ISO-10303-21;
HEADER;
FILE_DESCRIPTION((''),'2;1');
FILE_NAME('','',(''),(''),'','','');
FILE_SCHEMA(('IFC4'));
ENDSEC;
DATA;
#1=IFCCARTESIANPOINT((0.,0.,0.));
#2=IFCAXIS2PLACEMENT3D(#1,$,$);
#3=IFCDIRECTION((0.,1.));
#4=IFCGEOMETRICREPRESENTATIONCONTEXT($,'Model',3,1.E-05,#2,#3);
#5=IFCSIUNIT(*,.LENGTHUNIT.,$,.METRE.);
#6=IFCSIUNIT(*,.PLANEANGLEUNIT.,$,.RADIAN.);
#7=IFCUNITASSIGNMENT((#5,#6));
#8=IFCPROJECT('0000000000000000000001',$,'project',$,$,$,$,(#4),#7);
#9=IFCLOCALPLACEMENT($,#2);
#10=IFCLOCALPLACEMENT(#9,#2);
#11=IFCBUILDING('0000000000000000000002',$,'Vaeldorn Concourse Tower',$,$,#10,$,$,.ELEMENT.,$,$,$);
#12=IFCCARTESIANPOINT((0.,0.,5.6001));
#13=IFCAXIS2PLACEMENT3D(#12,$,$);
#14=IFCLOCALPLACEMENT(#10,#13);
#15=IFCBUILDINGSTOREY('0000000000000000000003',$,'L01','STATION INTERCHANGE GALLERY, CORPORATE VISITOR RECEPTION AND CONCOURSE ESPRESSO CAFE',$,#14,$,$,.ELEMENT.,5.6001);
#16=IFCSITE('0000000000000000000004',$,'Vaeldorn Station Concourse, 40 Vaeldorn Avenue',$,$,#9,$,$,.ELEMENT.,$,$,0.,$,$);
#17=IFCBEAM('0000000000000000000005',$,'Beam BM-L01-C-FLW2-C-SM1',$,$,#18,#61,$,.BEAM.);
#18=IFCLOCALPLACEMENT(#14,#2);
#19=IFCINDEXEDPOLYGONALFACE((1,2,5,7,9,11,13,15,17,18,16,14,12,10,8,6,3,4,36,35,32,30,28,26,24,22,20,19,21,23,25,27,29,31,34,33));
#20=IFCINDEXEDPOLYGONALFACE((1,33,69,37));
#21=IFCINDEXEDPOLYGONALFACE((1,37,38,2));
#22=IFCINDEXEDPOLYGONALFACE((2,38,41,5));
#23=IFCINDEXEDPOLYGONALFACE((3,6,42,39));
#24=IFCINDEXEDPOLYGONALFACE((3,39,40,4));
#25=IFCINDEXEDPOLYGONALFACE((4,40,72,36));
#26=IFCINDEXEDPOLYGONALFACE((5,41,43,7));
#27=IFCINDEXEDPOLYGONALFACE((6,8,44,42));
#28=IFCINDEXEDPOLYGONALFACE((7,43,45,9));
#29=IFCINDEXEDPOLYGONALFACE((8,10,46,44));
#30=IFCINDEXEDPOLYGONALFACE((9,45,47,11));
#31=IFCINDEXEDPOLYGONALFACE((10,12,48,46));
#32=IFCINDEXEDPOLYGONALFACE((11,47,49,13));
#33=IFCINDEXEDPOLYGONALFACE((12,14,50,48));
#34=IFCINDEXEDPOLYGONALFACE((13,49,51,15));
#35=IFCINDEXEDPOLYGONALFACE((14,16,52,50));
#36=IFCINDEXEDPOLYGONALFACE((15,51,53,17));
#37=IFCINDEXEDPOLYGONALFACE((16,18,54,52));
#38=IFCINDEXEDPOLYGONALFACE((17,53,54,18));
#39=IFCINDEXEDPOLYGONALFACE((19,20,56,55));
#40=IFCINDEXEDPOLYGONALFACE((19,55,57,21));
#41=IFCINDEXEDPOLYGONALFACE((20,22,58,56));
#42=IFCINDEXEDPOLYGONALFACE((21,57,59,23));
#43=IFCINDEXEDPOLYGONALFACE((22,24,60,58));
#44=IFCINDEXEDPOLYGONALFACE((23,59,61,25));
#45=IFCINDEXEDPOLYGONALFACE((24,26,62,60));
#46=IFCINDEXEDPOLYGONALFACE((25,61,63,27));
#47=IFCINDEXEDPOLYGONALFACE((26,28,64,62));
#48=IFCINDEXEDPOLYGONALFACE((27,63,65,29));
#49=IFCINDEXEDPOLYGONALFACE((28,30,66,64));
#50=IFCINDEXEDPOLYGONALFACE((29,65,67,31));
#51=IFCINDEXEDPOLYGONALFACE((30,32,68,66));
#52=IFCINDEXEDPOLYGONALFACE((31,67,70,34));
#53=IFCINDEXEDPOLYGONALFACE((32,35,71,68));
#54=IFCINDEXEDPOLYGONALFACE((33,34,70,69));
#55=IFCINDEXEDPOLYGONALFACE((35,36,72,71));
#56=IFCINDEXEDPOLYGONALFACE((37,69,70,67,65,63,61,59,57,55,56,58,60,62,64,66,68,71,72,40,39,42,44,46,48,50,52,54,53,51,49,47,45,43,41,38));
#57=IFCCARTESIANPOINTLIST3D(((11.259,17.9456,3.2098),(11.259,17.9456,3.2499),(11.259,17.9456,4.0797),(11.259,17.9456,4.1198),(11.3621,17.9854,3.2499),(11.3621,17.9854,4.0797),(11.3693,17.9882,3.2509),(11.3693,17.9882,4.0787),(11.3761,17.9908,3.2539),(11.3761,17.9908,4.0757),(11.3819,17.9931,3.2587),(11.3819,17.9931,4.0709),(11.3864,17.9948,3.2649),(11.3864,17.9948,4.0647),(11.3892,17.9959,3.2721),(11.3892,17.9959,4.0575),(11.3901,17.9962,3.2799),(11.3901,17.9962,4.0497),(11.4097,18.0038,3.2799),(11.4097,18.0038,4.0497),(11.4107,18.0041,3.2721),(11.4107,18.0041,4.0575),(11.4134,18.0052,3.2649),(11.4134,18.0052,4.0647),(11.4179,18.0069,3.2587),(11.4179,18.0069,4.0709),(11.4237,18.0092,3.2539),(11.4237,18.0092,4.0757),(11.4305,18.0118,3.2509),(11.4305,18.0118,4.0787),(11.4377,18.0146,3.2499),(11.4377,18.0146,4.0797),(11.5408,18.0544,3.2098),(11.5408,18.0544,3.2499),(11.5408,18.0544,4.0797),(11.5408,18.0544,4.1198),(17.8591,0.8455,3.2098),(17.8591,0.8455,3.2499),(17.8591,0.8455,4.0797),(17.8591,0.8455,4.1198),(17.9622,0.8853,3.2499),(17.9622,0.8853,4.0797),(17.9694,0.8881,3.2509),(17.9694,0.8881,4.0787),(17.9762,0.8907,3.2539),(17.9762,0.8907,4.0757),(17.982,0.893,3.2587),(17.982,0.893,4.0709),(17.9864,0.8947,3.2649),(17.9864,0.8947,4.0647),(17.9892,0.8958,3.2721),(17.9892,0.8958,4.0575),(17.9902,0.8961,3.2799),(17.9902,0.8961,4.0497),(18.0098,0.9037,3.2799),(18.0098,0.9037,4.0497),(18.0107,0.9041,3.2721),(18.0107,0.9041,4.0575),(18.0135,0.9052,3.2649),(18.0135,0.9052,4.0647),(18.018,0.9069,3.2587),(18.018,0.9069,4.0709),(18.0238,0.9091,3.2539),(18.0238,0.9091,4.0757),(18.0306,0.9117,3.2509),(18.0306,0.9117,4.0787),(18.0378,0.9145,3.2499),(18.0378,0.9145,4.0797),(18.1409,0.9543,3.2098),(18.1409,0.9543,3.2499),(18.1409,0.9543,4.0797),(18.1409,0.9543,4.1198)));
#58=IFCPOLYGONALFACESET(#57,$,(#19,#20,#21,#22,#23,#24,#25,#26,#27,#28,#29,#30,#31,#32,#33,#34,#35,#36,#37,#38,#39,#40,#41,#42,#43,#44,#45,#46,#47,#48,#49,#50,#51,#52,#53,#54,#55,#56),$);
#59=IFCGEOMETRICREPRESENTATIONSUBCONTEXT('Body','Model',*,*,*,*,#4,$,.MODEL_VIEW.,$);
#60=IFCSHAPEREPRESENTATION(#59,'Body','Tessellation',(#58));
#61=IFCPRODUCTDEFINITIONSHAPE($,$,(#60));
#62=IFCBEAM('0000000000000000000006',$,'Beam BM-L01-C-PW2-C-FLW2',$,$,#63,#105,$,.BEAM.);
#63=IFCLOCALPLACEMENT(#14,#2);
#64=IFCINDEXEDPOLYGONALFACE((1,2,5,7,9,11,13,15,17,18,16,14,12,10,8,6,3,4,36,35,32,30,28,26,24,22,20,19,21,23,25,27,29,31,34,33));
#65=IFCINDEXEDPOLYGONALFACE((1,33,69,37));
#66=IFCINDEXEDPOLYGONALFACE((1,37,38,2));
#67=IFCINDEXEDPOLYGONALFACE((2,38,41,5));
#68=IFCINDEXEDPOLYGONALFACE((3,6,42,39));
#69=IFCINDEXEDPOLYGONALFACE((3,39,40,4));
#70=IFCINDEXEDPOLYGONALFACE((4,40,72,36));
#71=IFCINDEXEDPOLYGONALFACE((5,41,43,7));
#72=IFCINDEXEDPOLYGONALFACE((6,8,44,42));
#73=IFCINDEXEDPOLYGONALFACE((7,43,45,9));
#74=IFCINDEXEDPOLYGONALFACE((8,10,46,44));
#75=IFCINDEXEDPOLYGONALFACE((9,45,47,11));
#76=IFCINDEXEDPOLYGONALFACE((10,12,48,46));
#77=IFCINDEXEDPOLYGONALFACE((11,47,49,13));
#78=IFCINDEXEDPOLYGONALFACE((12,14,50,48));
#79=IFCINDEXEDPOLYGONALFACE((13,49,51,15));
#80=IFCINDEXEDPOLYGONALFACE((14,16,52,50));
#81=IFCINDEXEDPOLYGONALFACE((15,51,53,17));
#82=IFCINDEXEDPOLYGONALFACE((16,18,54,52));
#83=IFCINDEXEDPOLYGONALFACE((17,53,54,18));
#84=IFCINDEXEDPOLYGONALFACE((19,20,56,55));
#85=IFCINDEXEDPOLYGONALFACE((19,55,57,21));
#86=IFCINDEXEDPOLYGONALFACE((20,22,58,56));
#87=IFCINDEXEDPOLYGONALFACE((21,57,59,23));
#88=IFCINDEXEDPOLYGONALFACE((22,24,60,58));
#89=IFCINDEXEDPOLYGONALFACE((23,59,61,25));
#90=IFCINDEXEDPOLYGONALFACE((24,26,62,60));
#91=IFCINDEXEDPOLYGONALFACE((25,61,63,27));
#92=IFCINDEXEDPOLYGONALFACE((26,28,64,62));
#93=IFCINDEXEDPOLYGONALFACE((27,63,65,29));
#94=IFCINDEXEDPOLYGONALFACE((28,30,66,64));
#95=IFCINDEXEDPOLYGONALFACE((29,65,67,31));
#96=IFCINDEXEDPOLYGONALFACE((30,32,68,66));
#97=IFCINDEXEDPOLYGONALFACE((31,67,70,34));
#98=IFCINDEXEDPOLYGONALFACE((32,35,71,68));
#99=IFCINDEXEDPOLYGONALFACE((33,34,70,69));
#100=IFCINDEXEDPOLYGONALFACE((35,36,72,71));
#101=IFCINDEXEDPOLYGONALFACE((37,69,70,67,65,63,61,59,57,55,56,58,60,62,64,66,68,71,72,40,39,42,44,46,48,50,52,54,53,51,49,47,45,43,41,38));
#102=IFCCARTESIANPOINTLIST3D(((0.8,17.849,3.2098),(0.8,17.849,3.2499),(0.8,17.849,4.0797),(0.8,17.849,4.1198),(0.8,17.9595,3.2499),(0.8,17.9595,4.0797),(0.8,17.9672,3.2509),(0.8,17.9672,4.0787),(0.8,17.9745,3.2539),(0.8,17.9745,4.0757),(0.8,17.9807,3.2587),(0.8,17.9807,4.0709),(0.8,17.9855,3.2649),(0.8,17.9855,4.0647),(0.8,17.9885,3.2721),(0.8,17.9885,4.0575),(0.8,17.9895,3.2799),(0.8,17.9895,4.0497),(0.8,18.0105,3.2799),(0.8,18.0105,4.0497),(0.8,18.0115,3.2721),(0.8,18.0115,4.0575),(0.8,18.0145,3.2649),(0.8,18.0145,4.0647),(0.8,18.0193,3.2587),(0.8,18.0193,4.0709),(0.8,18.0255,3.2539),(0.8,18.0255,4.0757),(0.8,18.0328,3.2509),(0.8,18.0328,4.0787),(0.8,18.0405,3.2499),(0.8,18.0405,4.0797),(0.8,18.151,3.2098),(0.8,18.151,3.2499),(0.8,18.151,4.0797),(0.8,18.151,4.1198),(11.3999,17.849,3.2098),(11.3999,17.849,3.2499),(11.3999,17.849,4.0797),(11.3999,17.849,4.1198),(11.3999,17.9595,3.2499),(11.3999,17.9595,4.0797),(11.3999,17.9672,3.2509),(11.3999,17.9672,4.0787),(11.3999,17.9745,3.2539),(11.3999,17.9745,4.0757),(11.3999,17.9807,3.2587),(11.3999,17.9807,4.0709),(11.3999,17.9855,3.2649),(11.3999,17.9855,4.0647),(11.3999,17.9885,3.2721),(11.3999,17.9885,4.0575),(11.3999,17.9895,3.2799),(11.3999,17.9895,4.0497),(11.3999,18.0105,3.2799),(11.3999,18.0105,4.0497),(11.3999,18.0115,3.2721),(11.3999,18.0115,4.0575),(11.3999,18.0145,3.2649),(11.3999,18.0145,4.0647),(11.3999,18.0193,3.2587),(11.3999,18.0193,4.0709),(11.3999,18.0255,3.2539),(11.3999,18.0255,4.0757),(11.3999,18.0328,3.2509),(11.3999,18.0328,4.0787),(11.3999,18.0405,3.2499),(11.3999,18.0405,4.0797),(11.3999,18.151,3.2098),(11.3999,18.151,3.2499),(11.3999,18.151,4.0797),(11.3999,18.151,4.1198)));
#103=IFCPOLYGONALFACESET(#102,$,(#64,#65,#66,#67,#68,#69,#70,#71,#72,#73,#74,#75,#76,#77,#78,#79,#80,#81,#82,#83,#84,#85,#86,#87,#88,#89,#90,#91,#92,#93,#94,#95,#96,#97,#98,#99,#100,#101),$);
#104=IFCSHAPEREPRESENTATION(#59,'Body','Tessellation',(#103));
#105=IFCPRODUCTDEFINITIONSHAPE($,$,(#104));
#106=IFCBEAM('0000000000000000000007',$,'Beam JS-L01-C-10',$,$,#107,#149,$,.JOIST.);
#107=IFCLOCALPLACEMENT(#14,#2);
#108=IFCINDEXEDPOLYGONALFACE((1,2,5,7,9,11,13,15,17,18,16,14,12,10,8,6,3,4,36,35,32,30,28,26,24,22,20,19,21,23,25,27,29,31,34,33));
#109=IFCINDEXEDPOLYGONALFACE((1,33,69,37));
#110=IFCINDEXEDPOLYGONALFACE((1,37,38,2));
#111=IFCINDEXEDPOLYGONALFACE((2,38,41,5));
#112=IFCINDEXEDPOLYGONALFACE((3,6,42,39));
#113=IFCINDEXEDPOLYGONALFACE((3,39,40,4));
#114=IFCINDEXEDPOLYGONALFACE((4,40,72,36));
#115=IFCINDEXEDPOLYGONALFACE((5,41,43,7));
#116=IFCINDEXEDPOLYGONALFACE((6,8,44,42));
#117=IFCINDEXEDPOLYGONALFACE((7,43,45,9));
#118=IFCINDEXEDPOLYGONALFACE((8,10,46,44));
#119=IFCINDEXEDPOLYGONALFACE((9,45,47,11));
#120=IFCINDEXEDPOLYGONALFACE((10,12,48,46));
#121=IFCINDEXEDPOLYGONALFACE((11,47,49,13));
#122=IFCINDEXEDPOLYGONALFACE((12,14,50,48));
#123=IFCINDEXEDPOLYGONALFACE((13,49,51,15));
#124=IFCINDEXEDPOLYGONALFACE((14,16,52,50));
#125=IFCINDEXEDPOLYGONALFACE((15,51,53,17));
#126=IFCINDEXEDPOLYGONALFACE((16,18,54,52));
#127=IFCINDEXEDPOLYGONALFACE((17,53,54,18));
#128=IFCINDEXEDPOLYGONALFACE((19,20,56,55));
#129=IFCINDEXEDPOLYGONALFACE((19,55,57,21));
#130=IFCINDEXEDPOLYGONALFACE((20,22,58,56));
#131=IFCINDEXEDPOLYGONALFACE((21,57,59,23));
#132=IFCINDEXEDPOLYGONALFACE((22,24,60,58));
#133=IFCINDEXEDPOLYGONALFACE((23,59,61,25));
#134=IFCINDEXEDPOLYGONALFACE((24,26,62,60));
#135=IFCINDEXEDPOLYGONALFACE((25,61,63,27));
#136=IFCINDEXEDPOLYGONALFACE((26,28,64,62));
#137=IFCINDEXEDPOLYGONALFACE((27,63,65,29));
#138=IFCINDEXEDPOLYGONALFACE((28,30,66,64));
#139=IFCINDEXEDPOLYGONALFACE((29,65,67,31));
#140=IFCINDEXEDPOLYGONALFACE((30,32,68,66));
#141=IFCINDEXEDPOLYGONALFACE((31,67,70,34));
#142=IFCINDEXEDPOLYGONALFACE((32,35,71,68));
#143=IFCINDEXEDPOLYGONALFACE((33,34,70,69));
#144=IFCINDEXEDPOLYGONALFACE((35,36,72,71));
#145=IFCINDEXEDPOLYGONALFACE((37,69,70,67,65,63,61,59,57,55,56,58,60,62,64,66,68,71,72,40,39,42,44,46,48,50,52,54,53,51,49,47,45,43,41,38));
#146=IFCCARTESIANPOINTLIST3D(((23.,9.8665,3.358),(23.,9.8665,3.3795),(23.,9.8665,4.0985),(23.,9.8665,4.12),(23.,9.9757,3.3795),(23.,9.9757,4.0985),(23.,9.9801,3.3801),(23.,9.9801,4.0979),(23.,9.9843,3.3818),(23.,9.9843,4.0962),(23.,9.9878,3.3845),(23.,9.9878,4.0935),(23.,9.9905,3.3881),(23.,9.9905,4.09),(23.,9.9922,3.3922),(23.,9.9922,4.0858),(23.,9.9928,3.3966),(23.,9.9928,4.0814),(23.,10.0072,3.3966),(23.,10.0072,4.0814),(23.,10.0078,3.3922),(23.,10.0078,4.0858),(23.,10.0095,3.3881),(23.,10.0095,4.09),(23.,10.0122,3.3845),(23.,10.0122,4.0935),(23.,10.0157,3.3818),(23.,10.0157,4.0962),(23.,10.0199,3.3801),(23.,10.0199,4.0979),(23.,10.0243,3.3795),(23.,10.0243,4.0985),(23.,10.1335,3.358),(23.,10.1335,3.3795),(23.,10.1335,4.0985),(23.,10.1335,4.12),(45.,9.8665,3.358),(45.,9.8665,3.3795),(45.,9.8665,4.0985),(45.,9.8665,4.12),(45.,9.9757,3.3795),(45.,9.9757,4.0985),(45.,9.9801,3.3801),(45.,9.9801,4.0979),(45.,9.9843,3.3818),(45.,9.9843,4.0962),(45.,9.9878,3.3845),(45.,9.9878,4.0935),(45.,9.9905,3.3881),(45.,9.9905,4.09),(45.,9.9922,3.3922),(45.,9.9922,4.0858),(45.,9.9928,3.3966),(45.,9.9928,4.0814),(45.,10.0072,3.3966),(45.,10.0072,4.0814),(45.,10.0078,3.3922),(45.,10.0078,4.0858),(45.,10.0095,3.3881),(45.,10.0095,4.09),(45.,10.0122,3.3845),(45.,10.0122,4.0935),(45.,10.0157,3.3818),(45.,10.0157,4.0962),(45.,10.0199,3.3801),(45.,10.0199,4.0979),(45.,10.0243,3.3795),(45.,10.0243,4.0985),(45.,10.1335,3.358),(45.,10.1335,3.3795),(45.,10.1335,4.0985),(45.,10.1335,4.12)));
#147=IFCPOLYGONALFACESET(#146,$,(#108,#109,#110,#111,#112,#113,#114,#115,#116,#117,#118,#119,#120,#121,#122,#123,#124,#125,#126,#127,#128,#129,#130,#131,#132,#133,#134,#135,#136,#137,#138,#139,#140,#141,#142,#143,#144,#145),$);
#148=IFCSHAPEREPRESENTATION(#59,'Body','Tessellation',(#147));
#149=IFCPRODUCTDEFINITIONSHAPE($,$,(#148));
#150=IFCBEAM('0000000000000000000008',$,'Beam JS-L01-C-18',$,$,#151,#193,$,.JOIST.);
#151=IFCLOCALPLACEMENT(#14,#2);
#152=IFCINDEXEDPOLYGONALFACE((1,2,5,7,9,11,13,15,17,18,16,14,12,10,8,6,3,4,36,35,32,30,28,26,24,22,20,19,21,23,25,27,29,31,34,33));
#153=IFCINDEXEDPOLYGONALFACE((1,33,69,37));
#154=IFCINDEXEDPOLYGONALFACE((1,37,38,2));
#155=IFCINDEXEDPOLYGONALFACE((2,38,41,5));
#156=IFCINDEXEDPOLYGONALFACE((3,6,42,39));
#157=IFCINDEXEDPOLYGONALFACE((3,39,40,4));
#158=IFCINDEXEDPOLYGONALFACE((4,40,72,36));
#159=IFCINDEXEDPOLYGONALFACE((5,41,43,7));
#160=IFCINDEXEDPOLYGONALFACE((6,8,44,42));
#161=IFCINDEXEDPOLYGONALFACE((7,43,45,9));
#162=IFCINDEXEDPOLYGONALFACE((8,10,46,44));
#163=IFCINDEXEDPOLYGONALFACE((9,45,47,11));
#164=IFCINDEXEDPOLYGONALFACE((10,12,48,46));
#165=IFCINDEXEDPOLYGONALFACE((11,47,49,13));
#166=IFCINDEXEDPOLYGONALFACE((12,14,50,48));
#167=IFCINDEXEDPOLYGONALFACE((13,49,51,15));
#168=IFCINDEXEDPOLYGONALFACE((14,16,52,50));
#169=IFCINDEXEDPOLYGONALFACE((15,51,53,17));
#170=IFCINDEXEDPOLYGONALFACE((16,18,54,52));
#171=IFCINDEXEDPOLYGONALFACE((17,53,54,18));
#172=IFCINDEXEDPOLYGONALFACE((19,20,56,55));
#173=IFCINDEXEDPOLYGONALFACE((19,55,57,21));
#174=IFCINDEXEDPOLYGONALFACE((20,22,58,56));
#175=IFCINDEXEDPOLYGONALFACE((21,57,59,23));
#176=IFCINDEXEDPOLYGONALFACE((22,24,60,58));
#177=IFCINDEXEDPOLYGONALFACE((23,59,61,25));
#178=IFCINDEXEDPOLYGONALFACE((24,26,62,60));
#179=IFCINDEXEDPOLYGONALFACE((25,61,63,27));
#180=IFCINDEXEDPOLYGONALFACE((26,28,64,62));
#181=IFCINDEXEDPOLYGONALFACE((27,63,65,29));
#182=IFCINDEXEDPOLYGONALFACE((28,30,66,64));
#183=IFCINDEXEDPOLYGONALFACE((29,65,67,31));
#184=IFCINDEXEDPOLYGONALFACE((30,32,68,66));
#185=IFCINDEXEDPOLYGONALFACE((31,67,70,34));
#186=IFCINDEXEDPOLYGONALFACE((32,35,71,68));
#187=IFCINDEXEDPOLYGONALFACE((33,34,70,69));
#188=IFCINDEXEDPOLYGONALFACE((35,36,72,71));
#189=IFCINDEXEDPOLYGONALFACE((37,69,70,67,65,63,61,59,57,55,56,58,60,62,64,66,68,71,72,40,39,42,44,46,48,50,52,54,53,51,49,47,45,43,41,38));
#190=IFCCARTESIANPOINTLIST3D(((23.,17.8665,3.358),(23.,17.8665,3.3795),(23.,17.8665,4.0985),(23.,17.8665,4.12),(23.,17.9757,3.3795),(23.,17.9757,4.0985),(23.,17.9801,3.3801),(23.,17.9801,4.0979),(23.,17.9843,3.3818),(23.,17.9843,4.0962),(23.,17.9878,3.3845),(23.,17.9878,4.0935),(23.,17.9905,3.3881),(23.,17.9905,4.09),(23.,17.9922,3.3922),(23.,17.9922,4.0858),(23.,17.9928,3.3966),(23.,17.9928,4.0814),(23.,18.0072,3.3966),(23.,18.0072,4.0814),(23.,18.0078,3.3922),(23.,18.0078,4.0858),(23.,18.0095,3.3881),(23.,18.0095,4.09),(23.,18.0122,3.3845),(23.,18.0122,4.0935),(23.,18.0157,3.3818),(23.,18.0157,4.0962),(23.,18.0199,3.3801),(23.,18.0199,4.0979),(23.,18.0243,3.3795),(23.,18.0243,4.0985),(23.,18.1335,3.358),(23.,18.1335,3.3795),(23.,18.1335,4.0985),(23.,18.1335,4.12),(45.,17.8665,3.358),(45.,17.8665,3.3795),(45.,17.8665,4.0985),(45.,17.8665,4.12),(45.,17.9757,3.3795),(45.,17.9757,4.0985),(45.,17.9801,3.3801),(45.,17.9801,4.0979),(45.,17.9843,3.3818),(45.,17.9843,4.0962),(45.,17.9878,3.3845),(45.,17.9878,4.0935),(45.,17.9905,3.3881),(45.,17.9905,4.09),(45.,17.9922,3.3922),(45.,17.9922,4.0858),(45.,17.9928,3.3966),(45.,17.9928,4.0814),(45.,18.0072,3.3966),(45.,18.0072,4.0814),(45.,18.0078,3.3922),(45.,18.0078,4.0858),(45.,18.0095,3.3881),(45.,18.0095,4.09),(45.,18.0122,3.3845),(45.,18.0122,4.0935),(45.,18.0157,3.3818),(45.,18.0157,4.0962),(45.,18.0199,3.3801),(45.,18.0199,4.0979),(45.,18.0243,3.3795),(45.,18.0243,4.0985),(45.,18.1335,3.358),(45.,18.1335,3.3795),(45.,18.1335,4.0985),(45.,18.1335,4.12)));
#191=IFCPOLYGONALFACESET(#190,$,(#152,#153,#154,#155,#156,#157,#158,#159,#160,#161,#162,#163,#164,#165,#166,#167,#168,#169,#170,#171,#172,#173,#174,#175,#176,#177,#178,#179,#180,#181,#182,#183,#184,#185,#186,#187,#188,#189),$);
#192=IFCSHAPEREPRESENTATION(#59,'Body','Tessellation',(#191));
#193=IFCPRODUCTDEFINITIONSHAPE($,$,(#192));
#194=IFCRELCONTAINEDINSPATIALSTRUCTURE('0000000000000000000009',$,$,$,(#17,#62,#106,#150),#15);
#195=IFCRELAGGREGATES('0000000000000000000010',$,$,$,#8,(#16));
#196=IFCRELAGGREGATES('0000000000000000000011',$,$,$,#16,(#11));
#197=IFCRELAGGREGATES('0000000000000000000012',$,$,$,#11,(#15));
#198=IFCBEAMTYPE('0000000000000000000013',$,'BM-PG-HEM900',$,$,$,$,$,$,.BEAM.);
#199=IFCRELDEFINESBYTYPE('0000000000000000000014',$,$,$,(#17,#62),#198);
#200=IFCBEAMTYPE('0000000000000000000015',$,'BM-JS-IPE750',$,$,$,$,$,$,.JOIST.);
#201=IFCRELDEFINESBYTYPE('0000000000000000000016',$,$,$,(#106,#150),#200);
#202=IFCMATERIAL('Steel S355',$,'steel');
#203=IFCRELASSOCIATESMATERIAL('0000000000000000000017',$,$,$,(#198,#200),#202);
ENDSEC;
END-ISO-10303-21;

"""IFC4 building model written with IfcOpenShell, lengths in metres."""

from ifc_helpers import new_model, si_unit, direction, frame, origin, origin_2d, place, context, subcontext, project, spatial, i_section, extrude, source, transform, mapped, material, material_profile, profile_set, type_object, element, save


model = new_model("IFC4")

# Units and contexts
model_context = context("Model", 3, precision=1e-05, world=origin(), true_north=direction((0.0, 1.0)))
body_context = subcontext(model_context, "Body", "Model", "MODEL_VIEW")
ifc_project = project(units=[si_unit("LENGTHUNIT", "METRE"), si_unit("PLANEANGLEUNIT", "RADIAN")], contexts=[model_context])

# Site, building, storey
site_placement = place(None, origin())
site = spatial("IfcSite", under=ifc_project, at=site_placement, Name="Vaeldorn Station Concourse, 40 Vaeldorn Avenue", CompositionType="ELEMENT", RefElevation=0.0)
building_placement = place(site_placement, origin())
building = spatial("IfcBuilding", under=site, at=building_placement, Name="Vaeldorn Concourse Tower", CompositionType="ELEMENT")
storey_placement = place(building_placement, frame((0.0, 0.0, 5.6001)))
storey = spatial("IfcBuildingStorey", under=building, at=storey_placement, Name="L01", Description="STATION INTERCHANGE GALLERY, CORPORATE VISITOR RECEPTION AND CONCOURSE ESPRESSO CAFE", CompositionType="ELEMENT", Elevation=5.6001)

# Beams
ifc_material_1 = material(Name="Steel S355", Category="steel")
ifc_material_profile_1 = material_profile(ifc_material_1, i_section(OverallWidth=0.302, OverallDepth=0.9099, WebThickness=0.021, FlangeThickness=0.04, FilletRadius=0.03, at=origin_2d()), Name="HEM 900")
ifc_profile_set_1 = profile_set([ifc_material_profile_1], Name="Steel S355")
beam_type_1 = type_object("IfcBeamType", Name="BM-PG-HEM900", PredefinedType="BEAM", material=ifc_profile_set_1)
shared_shape_1 = source(origin(), body_context, "Body", "SweptSolid", [
    extrude(i_section(OverallWidth=0.302, OverallDepth=0.9099, WebThickness=0.021, FlangeThickness=0.04, FilletRadius=0.03, at=origin_2d()), origin(), (0.0, 0.0, 1.0), 18.3296),
])
beam_1_placement = place(storey_placement, frame((11.3999, 18.0, 3.6648), z_axis=(0.360078, -0.932922, 0.0), x_axis=(0.932922, 0.360078, 0.0)))
element("IfcBeam", 1, at=beam_1_placement, inside=storey, type_object=beam_type_1, Name="Beam BM-L01-C-FLW2-C-SM1", PredefinedType="BEAM", context=body_context, shape_type="MappedRepresentation", body=[
    mapped(shared_shape_1, transform((0.0, 0.0, 0.0), scale=1.0)),
])
shared_shape_2 = source(origin(), body_context, "Body", "SweptSolid", [
    extrude(i_section(OverallWidth=0.302, OverallDepth=0.9099, WebThickness=0.021, FlangeThickness=0.04, FilletRadius=0.03, at=origin_2d()), origin(), (0.0, 0.0, 1.0), 10.5999),
])
beam_2_placement = place(storey_placement, frame((0.8, 18.0, 3.6648), z_axis=(1.0, 0.0, 0.0), x_axis=(0.0, 1.0, 0.0)))
element("IfcBeam", 2, at=beam_2_placement, inside=storey, type_object=beam_type_1, Name="Beam BM-L01-C-PW2-C-FLW2", PredefinedType="BEAM", context=body_context, shape_type="MappedRepresentation", body=[
    mapped(shared_shape_2, transform((0.0, 0.0, 0.0), scale=1.0)),
])
ifc_material_profile_2 = material_profile(ifc_material_1, i_section(OverallWidth=0.2671, OverallDepth=0.762, WebThickness=0.0144, FlangeThickness=0.0215, FilletRadius=0.0171, at=origin_2d()), Name="IPE 750x173")
ifc_profile_set_2 = profile_set([ifc_material_profile_2], Name="Steel S355")
beam_type_2 = type_object("IfcBeamType", Name="BM-JS-IPE750", PredefinedType="JOIST", material=ifc_profile_set_2)
shared_shape_3 = source(origin(), body_context, "Body", "SweptSolid", [
    extrude(i_section(OverallWidth=0.2671, OverallDepth=0.762, WebThickness=0.0144, FlangeThickness=0.0215, FilletRadius=0.0171, at=origin_2d()), origin(), (0.0, 0.0, 1.0), 22.0),
])
for number, where, z_axis, x_axis, name in (
    (3, (23.0, 10.0, 3.739), (1.0, 0.0, 0.0), (0.0, 1.0, 0.0), "Beam JS-L01-C-10"),
    (4, (23.0, 18.0, 3.739), (1.0, 0.0, 0.0), (0.0, 1.0, 0.0), "Beam JS-L01-C-18"),
):
    element("IfcBeam", number, at=place(storey_placement, frame(where, z_axis=z_axis, x_axis=x_axis)), inside=storey, type_object=beam_type_2, Name=name, PredefinedType="JOIST", context=body_context, shape_type="MappedRepresentation", body=[
        mapped(shared_shape_3, transform((0.0, 0.0, 0.0), scale=1.0)),
    ])

save(model, "model.ifc")
